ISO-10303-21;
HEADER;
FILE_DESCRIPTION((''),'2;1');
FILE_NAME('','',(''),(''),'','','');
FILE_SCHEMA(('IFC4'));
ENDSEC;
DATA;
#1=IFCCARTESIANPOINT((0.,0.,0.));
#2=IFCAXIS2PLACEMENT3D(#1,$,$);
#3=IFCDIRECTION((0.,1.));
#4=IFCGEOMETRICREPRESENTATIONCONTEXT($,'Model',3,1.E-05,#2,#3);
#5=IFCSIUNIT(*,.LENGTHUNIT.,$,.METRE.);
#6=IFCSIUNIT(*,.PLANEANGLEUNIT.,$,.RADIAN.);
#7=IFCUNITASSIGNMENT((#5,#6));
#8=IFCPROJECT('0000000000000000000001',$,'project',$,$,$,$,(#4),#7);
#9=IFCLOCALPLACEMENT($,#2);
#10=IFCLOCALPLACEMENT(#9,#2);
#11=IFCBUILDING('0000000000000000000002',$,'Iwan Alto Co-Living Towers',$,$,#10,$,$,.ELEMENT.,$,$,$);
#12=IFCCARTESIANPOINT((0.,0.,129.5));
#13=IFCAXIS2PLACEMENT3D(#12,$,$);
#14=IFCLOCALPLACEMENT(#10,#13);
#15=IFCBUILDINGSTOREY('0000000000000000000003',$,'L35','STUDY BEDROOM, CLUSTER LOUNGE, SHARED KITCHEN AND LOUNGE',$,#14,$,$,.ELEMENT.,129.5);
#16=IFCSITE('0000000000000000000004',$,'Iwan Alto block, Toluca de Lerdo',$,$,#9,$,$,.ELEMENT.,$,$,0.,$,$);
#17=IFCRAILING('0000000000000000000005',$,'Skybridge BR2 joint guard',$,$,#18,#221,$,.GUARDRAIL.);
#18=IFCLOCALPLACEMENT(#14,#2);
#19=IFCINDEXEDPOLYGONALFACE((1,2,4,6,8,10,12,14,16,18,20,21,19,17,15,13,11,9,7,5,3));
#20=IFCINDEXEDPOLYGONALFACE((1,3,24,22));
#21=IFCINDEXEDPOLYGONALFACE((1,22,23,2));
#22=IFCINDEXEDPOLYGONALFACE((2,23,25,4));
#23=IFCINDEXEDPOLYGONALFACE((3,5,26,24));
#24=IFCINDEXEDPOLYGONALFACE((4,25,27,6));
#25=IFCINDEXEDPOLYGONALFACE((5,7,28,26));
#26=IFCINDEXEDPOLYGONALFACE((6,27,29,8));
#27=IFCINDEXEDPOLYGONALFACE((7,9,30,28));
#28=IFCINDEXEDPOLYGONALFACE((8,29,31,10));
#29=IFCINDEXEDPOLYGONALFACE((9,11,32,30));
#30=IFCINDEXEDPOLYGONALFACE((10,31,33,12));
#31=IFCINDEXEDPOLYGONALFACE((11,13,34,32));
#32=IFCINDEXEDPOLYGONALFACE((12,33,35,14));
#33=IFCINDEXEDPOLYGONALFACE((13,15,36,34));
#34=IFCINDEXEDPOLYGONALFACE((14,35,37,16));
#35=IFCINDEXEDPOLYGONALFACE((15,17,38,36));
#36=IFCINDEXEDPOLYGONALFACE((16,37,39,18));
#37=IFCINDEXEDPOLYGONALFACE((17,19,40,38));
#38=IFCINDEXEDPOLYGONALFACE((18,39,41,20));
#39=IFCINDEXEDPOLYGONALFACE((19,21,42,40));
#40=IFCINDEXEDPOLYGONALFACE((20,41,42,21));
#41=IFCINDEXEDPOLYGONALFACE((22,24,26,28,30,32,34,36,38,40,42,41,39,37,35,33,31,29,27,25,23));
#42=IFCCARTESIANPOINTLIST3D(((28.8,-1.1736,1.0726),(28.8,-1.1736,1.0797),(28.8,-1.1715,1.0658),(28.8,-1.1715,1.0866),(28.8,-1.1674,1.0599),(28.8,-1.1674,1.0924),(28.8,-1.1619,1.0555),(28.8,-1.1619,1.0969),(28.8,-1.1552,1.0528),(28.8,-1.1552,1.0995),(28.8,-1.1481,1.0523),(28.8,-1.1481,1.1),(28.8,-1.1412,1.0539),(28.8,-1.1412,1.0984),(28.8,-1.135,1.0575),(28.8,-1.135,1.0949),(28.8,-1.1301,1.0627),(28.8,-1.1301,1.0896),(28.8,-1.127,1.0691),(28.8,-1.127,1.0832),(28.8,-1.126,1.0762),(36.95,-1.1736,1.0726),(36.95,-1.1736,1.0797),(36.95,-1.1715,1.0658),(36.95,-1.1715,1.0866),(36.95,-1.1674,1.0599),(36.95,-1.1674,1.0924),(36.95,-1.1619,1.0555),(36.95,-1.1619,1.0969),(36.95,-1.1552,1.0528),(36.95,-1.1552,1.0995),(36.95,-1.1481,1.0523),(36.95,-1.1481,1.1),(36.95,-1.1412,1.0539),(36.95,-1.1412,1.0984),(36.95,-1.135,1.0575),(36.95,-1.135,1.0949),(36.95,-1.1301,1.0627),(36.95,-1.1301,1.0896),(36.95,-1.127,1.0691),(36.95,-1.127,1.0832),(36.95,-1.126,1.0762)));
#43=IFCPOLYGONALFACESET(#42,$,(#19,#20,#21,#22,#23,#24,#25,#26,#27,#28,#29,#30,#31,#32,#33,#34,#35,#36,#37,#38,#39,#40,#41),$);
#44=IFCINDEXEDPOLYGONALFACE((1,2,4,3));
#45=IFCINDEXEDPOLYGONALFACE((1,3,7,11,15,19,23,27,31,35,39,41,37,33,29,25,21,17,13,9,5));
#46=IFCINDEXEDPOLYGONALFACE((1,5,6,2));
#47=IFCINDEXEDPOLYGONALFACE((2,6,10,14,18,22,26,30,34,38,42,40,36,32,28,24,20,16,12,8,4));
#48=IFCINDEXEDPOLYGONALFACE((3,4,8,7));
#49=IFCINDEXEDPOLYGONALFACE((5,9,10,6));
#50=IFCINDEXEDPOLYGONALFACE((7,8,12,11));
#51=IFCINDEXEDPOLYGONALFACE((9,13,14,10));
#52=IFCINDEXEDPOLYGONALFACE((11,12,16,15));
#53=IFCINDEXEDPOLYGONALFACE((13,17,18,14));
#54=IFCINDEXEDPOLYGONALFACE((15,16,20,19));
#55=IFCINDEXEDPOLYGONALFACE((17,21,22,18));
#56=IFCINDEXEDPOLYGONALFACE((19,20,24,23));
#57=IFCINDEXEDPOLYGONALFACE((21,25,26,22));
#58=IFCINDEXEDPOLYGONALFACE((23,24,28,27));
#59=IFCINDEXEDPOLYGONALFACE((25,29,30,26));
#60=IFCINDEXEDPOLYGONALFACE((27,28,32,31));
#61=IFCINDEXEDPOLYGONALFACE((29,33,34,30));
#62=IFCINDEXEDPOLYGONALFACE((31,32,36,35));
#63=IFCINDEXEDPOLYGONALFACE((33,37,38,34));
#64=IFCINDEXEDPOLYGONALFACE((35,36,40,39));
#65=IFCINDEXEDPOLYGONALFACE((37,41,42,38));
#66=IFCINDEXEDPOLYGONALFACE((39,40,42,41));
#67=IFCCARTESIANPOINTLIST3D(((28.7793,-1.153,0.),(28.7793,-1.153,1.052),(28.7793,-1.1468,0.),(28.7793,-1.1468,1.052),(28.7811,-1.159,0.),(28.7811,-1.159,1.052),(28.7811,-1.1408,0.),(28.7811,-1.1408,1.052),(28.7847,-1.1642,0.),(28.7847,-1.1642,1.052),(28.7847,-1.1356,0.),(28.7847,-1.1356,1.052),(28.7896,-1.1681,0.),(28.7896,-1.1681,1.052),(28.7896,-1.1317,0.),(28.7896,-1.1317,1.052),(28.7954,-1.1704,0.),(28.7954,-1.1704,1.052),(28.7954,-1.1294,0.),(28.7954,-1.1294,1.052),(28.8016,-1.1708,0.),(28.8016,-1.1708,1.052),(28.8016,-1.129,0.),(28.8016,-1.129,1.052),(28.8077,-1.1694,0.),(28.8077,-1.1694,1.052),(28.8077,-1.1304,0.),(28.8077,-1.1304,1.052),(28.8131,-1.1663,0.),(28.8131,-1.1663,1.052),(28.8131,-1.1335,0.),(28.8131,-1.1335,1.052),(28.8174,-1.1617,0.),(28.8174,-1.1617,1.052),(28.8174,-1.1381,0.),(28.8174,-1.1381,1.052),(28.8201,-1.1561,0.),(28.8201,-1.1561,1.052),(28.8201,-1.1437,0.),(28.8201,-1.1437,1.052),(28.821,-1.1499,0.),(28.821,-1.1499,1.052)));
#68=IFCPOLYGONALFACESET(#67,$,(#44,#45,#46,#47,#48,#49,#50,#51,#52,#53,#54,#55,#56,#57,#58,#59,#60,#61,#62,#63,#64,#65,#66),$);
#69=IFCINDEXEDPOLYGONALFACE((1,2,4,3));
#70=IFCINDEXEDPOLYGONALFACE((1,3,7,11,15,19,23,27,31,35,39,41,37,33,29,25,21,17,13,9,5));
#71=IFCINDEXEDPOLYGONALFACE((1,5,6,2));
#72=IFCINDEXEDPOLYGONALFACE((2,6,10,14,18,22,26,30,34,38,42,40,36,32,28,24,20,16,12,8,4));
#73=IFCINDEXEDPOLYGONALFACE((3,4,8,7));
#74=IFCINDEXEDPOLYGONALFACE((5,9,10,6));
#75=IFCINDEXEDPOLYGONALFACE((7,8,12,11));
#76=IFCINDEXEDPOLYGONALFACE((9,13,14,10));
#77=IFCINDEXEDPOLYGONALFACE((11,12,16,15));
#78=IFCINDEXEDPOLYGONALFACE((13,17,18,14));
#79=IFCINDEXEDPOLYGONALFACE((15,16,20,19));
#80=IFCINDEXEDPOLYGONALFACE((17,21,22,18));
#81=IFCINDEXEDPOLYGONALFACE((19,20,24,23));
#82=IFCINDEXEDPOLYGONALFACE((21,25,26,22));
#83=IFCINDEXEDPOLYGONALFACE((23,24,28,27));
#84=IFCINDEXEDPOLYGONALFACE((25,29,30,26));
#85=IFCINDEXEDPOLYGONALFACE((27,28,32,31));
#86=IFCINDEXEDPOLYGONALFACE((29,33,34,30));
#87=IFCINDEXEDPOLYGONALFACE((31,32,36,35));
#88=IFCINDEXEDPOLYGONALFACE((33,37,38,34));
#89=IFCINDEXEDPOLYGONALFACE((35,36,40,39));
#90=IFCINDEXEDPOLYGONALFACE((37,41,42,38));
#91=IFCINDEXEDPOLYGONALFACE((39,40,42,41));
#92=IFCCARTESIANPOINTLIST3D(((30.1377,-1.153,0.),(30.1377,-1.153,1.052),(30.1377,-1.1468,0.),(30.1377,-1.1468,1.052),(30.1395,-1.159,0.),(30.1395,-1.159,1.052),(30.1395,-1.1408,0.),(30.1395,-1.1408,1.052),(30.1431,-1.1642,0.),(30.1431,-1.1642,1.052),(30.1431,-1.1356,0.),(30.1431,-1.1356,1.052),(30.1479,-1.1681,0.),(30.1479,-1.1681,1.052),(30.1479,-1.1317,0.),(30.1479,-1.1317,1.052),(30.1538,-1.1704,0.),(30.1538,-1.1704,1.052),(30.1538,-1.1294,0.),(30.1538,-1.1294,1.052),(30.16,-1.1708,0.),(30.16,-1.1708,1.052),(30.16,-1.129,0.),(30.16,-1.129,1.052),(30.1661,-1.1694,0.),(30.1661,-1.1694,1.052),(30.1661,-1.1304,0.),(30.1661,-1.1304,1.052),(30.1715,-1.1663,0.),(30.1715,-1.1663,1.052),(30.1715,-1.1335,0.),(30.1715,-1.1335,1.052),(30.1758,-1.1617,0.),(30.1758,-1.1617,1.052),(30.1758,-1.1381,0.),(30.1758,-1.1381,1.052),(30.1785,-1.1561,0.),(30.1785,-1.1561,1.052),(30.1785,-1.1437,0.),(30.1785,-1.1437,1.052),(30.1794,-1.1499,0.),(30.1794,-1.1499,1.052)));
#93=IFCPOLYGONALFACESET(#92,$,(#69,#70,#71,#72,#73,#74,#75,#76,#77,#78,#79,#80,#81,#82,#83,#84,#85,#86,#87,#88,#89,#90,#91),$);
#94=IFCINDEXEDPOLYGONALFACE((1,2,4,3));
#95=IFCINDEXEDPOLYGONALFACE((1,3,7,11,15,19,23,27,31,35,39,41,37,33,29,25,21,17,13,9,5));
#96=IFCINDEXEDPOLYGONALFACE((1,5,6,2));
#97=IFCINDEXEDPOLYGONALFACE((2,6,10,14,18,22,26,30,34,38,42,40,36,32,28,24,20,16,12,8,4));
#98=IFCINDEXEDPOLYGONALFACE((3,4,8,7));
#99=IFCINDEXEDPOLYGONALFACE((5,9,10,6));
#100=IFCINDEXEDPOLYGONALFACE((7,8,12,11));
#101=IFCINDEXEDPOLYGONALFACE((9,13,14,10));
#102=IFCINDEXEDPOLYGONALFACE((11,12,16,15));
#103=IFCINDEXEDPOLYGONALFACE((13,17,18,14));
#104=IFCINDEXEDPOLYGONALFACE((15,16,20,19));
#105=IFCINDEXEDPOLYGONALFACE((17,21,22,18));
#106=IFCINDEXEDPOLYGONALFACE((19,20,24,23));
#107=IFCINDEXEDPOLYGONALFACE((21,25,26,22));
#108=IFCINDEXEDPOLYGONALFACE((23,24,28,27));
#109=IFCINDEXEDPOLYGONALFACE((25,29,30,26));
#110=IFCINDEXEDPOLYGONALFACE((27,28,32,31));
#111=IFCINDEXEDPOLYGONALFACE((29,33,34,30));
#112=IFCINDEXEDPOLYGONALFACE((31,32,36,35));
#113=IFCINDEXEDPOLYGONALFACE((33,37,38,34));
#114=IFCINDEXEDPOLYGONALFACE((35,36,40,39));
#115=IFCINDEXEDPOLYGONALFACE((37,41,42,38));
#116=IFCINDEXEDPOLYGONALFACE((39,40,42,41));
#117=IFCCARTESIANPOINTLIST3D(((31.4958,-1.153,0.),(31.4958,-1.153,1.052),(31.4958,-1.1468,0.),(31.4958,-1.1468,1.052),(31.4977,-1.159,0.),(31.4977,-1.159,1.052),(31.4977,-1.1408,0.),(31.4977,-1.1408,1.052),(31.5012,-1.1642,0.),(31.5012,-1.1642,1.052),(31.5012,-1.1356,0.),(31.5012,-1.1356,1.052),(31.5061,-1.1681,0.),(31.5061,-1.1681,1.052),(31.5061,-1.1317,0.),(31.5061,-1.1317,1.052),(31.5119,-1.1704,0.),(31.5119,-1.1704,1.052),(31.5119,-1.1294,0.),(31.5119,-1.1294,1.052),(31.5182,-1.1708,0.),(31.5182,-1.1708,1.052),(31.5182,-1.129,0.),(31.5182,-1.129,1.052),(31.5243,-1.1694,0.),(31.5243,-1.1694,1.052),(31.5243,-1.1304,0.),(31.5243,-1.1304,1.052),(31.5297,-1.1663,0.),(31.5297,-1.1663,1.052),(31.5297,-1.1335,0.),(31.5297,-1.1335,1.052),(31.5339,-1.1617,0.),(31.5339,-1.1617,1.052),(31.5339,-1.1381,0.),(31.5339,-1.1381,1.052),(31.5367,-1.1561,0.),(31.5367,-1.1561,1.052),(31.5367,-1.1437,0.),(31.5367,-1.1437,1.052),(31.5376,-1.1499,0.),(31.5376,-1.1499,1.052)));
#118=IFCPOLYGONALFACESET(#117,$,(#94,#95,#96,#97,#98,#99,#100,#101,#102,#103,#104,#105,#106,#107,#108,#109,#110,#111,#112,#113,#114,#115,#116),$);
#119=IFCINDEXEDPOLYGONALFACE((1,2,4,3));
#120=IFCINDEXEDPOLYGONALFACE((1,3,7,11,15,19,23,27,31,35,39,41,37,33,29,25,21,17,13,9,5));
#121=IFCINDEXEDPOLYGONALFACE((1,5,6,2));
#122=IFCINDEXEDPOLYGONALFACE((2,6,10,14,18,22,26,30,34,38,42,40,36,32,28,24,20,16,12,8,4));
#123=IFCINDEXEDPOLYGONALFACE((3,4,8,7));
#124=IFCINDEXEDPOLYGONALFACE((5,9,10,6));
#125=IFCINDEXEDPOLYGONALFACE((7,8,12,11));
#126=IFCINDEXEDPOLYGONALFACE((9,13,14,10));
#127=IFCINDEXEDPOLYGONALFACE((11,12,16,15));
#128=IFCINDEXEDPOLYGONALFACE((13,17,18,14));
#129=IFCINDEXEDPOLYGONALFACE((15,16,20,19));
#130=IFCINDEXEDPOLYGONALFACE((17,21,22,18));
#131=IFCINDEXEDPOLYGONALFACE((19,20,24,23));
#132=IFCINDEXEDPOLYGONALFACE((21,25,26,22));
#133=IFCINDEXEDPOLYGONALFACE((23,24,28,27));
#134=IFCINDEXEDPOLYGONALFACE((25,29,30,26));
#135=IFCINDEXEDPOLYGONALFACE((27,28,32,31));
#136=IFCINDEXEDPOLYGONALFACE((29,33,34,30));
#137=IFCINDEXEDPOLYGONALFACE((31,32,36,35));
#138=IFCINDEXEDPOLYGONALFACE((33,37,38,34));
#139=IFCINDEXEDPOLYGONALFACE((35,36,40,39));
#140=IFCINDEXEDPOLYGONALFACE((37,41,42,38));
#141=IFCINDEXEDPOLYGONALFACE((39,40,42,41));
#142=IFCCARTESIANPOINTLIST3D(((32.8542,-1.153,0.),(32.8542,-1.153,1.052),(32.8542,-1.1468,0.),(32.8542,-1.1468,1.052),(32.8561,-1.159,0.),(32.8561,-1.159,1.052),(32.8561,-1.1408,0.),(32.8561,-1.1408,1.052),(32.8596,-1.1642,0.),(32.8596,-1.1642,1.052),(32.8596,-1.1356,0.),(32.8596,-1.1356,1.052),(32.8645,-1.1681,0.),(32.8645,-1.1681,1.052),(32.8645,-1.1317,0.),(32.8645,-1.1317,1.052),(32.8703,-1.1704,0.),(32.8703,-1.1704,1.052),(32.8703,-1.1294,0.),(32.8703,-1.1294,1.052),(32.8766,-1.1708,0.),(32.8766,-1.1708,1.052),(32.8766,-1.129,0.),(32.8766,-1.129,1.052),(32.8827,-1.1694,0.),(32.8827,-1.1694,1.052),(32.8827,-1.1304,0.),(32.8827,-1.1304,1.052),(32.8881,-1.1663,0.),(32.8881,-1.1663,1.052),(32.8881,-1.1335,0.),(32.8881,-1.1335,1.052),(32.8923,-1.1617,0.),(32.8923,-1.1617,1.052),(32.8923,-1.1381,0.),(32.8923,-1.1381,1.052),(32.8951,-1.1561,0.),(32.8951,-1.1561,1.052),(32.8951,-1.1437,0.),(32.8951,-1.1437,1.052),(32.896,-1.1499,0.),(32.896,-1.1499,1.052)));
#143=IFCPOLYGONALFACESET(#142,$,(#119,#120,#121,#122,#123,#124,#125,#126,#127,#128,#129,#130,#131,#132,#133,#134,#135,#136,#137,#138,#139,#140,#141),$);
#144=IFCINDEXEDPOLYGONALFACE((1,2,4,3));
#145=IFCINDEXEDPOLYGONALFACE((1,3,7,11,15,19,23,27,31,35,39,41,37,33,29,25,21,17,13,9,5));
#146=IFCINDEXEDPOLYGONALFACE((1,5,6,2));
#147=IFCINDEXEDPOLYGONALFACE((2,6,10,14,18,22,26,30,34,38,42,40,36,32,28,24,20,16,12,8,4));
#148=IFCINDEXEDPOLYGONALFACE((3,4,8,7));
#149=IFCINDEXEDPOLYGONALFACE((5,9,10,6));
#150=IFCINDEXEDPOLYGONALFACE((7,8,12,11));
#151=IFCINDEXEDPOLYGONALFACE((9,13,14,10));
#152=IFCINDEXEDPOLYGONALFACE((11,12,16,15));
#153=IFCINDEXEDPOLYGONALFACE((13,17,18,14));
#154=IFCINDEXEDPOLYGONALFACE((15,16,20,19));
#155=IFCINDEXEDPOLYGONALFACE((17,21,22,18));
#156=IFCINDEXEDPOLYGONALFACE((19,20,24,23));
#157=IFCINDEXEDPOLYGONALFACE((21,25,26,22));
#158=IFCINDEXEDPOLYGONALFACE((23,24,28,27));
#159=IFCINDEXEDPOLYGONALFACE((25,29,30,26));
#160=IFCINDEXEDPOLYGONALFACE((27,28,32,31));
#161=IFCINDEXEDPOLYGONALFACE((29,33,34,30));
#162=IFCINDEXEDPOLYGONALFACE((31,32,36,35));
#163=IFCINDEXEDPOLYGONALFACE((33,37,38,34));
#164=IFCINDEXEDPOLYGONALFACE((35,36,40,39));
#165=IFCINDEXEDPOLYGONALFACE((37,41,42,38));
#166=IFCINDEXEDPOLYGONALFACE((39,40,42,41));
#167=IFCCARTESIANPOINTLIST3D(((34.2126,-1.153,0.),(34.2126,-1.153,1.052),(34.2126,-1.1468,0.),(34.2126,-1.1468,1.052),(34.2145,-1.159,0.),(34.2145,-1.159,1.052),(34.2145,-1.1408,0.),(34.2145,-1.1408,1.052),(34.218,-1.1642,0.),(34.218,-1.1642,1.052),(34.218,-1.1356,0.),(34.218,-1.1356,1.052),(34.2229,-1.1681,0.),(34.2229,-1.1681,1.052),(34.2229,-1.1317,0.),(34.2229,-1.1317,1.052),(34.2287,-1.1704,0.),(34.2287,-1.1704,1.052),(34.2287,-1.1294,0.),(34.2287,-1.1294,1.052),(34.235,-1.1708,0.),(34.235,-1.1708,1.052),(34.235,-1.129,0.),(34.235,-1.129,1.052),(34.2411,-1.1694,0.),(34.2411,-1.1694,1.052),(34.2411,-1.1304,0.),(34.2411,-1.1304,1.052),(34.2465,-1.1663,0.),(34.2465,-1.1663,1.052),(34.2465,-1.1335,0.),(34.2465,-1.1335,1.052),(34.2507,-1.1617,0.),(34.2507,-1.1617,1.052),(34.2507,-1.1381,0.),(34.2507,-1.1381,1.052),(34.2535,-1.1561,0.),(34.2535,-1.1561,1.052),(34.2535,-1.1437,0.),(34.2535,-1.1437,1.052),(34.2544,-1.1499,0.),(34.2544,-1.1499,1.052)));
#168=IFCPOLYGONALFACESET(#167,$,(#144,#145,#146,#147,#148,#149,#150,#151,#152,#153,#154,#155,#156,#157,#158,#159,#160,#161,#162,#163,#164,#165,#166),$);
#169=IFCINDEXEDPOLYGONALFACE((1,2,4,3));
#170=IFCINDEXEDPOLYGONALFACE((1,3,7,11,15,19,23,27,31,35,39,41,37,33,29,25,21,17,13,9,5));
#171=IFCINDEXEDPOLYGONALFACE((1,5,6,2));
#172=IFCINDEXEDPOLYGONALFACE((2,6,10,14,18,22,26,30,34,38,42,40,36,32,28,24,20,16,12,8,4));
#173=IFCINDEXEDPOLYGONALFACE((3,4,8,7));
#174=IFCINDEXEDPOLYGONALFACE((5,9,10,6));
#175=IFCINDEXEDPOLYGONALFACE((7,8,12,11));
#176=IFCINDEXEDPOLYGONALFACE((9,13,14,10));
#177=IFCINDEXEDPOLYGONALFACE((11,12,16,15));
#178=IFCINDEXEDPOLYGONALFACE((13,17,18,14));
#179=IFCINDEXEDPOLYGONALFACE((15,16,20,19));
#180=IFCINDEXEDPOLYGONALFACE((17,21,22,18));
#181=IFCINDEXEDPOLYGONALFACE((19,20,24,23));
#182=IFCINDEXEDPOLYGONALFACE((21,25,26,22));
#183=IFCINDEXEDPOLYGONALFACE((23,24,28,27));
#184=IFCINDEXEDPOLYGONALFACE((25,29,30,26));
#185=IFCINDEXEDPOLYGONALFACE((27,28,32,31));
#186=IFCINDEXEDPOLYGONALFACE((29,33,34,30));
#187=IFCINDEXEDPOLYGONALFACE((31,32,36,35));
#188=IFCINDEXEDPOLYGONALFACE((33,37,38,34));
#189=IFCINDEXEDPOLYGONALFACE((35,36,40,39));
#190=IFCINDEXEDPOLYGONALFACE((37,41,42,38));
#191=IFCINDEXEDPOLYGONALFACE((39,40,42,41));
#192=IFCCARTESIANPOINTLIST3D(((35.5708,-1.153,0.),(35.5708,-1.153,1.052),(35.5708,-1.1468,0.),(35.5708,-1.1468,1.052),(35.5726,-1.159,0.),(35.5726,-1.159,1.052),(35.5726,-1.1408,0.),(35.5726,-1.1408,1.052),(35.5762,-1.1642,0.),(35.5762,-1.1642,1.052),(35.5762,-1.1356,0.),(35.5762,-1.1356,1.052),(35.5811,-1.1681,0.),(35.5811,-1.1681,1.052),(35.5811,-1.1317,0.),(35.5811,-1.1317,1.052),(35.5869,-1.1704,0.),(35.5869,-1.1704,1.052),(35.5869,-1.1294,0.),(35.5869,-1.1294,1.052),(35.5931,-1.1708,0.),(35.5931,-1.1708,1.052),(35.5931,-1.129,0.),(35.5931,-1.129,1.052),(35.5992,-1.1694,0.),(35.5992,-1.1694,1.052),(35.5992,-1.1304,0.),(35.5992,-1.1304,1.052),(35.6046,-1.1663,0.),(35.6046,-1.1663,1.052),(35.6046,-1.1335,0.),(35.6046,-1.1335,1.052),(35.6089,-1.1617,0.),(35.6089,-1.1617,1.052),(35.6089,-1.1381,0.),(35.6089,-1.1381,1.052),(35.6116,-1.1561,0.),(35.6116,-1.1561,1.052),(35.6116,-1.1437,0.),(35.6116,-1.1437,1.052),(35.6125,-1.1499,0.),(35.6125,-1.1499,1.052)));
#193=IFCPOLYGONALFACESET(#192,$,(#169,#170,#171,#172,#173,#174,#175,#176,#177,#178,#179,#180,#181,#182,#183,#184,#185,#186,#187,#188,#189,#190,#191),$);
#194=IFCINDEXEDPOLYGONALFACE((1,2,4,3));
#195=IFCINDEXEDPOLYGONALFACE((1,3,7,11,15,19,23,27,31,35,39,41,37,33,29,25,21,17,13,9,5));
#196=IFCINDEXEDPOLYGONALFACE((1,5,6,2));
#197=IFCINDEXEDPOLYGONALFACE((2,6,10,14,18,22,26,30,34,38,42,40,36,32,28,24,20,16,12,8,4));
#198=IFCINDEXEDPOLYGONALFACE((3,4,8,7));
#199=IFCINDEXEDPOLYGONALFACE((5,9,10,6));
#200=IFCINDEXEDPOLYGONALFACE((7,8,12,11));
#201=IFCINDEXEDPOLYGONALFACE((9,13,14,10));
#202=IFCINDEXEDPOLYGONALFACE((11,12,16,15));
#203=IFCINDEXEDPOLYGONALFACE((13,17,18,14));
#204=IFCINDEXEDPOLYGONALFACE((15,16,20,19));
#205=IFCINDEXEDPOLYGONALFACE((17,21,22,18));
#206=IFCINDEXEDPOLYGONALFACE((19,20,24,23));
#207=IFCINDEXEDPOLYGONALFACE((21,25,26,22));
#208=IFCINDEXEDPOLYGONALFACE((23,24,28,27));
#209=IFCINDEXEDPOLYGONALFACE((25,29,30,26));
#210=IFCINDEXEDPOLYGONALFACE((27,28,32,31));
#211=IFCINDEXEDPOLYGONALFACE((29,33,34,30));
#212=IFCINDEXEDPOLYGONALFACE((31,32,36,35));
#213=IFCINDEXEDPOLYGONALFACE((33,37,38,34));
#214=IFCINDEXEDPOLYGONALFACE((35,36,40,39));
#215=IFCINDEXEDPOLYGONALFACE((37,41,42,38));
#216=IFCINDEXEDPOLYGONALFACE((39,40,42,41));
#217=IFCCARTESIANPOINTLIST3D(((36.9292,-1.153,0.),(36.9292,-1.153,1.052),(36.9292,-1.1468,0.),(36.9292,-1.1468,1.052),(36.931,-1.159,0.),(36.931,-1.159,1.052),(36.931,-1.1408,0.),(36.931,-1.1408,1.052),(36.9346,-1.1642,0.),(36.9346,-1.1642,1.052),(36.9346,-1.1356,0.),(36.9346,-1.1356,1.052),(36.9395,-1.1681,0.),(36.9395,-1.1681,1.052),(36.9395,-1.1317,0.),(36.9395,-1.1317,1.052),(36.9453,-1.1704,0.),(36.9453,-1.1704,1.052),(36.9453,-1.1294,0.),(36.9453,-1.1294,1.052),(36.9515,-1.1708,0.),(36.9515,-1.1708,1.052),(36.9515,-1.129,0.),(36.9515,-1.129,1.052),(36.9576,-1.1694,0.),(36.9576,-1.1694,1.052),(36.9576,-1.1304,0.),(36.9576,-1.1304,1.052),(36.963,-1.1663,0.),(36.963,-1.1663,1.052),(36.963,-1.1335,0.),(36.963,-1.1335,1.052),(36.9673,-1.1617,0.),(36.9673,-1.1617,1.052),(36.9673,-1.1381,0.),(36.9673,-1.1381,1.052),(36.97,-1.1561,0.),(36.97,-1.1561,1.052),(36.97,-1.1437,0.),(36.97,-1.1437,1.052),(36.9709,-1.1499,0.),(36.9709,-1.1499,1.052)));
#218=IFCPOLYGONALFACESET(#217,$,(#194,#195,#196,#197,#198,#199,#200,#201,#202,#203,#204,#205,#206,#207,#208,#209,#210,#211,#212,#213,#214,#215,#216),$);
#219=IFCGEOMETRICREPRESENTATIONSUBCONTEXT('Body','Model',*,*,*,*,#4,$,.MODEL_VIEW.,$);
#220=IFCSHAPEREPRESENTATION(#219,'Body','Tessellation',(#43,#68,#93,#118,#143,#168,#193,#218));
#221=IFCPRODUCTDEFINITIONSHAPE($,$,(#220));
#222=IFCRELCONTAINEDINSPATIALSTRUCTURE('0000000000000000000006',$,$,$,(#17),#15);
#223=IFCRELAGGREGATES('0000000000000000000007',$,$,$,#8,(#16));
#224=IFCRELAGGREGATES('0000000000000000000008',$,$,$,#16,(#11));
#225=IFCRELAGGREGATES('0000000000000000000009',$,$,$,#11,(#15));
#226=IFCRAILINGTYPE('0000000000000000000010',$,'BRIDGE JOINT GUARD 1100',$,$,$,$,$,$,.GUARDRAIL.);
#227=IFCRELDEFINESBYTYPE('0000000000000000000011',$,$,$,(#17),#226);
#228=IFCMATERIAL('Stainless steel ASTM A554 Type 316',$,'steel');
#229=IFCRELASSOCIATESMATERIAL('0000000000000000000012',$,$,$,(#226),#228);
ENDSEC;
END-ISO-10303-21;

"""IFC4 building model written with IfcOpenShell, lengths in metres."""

from ifc_helpers import new_model, si_unit, direction, frame, origin, origin_2d, place, context, subcontext, project, spatial, circle, extrude, material, type_object, element, save


model = new_model("IFC4")

# Units and contexts
model_context = context("Model", 3, precision=1e-05, world=origin(), true_north=direction((0.0, 1.0)))
body_context = subcontext(model_context, "Body", "Model", "MODEL_VIEW")
ifc_project = project(units=[si_unit("LENGTHUNIT", "METRE"), si_unit("PLANEANGLEUNIT", "RADIAN")], contexts=[model_context])

# Site, building, storey
site_placement = place(None, origin())
site = spatial("IfcSite", under=ifc_project, at=site_placement, Name="Iwan Alto block, Toluca de Lerdo", CompositionType="ELEMENT", RefElevation=0.0)
building_placement = place(site_placement, origin())
building = spatial("IfcBuilding", under=site, at=building_placement, Name="Iwan Alto Co-Living Towers", CompositionType="ELEMENT")
storey_placement = place(building_placement, frame((0.0, 0.0, 129.5)))
storey = spatial("IfcBuildingStorey", under=building, at=storey_placement, Name="L35", Description="STUDY BEDROOM, CLUSTER LOUNGE, SHARED KITCHEN AND LOUNGE", CompositionType="ELEMENT", Elevation=129.5)

# Railing
ifc_material_1 = material(Name="Stainless steel ASTM A554 Type 316", Category="steel")
railing_type = type_object("IfcRailingType", Name="BRIDGE JOINT GUARD 1100", PredefinedType="GUARDRAIL", material=ifc_material_1)
railing_1_placement = place(storey_placement, frame((28.8, -1.1499, 0.0)))
element("IfcRailing", 1, at=railing_1_placement, inside=storey, type_object=railing_type, Name="Skybridge BR2 joint guard", PredefinedType="GUARDRAIL", context=body_context, shape_type="SweptSolid", body=[
    extrude(circle(Radius=0.0239, at=origin_2d()), frame((0.0, 0.0, 1.0762), z_axis=(1.0, 0.0, 0.0), x_axis=(0.0, 1.0, 0.0)), (0.0, 0.0, 1.0), 8.1499),
    extrude(circle(Radius=0.021, at=origin_2d()), origin(), (0.0, 0.0, 1.0), 1.052),
    extrude(circle(Radius=0.021, at=origin_2d()), frame((1.3584, 0.0, 0.0)), (0.0, 0.0, 1.0), 1.052),
    extrude(circle(Radius=0.021, at=origin_2d()), frame((2.7166, 0.0, 0.0)), (0.0, 0.0, 1.0), 1.052),
    extrude(circle(Radius=0.021, at=origin_2d()), frame((4.075, 0.0, 0.0)), (0.0, 0.0, 1.0), 1.052),
    extrude(circle(Radius=0.021, at=origin_2d()), frame((5.4333, 0.0, 0.0)), (0.0, 0.0, 1.0), 1.052),
    extrude(circle(Radius=0.021, at=origin_2d()), frame((6.7915, 0.0, 0.0)), (0.0, 0.0, 1.0), 1.052),
    extrude(circle(Radius=0.021, at=origin_2d()), frame((8.1499, 0.0, 0.0)), (0.0, 0.0, 1.0), 1.052),
])

save(model, "model.ifc")
